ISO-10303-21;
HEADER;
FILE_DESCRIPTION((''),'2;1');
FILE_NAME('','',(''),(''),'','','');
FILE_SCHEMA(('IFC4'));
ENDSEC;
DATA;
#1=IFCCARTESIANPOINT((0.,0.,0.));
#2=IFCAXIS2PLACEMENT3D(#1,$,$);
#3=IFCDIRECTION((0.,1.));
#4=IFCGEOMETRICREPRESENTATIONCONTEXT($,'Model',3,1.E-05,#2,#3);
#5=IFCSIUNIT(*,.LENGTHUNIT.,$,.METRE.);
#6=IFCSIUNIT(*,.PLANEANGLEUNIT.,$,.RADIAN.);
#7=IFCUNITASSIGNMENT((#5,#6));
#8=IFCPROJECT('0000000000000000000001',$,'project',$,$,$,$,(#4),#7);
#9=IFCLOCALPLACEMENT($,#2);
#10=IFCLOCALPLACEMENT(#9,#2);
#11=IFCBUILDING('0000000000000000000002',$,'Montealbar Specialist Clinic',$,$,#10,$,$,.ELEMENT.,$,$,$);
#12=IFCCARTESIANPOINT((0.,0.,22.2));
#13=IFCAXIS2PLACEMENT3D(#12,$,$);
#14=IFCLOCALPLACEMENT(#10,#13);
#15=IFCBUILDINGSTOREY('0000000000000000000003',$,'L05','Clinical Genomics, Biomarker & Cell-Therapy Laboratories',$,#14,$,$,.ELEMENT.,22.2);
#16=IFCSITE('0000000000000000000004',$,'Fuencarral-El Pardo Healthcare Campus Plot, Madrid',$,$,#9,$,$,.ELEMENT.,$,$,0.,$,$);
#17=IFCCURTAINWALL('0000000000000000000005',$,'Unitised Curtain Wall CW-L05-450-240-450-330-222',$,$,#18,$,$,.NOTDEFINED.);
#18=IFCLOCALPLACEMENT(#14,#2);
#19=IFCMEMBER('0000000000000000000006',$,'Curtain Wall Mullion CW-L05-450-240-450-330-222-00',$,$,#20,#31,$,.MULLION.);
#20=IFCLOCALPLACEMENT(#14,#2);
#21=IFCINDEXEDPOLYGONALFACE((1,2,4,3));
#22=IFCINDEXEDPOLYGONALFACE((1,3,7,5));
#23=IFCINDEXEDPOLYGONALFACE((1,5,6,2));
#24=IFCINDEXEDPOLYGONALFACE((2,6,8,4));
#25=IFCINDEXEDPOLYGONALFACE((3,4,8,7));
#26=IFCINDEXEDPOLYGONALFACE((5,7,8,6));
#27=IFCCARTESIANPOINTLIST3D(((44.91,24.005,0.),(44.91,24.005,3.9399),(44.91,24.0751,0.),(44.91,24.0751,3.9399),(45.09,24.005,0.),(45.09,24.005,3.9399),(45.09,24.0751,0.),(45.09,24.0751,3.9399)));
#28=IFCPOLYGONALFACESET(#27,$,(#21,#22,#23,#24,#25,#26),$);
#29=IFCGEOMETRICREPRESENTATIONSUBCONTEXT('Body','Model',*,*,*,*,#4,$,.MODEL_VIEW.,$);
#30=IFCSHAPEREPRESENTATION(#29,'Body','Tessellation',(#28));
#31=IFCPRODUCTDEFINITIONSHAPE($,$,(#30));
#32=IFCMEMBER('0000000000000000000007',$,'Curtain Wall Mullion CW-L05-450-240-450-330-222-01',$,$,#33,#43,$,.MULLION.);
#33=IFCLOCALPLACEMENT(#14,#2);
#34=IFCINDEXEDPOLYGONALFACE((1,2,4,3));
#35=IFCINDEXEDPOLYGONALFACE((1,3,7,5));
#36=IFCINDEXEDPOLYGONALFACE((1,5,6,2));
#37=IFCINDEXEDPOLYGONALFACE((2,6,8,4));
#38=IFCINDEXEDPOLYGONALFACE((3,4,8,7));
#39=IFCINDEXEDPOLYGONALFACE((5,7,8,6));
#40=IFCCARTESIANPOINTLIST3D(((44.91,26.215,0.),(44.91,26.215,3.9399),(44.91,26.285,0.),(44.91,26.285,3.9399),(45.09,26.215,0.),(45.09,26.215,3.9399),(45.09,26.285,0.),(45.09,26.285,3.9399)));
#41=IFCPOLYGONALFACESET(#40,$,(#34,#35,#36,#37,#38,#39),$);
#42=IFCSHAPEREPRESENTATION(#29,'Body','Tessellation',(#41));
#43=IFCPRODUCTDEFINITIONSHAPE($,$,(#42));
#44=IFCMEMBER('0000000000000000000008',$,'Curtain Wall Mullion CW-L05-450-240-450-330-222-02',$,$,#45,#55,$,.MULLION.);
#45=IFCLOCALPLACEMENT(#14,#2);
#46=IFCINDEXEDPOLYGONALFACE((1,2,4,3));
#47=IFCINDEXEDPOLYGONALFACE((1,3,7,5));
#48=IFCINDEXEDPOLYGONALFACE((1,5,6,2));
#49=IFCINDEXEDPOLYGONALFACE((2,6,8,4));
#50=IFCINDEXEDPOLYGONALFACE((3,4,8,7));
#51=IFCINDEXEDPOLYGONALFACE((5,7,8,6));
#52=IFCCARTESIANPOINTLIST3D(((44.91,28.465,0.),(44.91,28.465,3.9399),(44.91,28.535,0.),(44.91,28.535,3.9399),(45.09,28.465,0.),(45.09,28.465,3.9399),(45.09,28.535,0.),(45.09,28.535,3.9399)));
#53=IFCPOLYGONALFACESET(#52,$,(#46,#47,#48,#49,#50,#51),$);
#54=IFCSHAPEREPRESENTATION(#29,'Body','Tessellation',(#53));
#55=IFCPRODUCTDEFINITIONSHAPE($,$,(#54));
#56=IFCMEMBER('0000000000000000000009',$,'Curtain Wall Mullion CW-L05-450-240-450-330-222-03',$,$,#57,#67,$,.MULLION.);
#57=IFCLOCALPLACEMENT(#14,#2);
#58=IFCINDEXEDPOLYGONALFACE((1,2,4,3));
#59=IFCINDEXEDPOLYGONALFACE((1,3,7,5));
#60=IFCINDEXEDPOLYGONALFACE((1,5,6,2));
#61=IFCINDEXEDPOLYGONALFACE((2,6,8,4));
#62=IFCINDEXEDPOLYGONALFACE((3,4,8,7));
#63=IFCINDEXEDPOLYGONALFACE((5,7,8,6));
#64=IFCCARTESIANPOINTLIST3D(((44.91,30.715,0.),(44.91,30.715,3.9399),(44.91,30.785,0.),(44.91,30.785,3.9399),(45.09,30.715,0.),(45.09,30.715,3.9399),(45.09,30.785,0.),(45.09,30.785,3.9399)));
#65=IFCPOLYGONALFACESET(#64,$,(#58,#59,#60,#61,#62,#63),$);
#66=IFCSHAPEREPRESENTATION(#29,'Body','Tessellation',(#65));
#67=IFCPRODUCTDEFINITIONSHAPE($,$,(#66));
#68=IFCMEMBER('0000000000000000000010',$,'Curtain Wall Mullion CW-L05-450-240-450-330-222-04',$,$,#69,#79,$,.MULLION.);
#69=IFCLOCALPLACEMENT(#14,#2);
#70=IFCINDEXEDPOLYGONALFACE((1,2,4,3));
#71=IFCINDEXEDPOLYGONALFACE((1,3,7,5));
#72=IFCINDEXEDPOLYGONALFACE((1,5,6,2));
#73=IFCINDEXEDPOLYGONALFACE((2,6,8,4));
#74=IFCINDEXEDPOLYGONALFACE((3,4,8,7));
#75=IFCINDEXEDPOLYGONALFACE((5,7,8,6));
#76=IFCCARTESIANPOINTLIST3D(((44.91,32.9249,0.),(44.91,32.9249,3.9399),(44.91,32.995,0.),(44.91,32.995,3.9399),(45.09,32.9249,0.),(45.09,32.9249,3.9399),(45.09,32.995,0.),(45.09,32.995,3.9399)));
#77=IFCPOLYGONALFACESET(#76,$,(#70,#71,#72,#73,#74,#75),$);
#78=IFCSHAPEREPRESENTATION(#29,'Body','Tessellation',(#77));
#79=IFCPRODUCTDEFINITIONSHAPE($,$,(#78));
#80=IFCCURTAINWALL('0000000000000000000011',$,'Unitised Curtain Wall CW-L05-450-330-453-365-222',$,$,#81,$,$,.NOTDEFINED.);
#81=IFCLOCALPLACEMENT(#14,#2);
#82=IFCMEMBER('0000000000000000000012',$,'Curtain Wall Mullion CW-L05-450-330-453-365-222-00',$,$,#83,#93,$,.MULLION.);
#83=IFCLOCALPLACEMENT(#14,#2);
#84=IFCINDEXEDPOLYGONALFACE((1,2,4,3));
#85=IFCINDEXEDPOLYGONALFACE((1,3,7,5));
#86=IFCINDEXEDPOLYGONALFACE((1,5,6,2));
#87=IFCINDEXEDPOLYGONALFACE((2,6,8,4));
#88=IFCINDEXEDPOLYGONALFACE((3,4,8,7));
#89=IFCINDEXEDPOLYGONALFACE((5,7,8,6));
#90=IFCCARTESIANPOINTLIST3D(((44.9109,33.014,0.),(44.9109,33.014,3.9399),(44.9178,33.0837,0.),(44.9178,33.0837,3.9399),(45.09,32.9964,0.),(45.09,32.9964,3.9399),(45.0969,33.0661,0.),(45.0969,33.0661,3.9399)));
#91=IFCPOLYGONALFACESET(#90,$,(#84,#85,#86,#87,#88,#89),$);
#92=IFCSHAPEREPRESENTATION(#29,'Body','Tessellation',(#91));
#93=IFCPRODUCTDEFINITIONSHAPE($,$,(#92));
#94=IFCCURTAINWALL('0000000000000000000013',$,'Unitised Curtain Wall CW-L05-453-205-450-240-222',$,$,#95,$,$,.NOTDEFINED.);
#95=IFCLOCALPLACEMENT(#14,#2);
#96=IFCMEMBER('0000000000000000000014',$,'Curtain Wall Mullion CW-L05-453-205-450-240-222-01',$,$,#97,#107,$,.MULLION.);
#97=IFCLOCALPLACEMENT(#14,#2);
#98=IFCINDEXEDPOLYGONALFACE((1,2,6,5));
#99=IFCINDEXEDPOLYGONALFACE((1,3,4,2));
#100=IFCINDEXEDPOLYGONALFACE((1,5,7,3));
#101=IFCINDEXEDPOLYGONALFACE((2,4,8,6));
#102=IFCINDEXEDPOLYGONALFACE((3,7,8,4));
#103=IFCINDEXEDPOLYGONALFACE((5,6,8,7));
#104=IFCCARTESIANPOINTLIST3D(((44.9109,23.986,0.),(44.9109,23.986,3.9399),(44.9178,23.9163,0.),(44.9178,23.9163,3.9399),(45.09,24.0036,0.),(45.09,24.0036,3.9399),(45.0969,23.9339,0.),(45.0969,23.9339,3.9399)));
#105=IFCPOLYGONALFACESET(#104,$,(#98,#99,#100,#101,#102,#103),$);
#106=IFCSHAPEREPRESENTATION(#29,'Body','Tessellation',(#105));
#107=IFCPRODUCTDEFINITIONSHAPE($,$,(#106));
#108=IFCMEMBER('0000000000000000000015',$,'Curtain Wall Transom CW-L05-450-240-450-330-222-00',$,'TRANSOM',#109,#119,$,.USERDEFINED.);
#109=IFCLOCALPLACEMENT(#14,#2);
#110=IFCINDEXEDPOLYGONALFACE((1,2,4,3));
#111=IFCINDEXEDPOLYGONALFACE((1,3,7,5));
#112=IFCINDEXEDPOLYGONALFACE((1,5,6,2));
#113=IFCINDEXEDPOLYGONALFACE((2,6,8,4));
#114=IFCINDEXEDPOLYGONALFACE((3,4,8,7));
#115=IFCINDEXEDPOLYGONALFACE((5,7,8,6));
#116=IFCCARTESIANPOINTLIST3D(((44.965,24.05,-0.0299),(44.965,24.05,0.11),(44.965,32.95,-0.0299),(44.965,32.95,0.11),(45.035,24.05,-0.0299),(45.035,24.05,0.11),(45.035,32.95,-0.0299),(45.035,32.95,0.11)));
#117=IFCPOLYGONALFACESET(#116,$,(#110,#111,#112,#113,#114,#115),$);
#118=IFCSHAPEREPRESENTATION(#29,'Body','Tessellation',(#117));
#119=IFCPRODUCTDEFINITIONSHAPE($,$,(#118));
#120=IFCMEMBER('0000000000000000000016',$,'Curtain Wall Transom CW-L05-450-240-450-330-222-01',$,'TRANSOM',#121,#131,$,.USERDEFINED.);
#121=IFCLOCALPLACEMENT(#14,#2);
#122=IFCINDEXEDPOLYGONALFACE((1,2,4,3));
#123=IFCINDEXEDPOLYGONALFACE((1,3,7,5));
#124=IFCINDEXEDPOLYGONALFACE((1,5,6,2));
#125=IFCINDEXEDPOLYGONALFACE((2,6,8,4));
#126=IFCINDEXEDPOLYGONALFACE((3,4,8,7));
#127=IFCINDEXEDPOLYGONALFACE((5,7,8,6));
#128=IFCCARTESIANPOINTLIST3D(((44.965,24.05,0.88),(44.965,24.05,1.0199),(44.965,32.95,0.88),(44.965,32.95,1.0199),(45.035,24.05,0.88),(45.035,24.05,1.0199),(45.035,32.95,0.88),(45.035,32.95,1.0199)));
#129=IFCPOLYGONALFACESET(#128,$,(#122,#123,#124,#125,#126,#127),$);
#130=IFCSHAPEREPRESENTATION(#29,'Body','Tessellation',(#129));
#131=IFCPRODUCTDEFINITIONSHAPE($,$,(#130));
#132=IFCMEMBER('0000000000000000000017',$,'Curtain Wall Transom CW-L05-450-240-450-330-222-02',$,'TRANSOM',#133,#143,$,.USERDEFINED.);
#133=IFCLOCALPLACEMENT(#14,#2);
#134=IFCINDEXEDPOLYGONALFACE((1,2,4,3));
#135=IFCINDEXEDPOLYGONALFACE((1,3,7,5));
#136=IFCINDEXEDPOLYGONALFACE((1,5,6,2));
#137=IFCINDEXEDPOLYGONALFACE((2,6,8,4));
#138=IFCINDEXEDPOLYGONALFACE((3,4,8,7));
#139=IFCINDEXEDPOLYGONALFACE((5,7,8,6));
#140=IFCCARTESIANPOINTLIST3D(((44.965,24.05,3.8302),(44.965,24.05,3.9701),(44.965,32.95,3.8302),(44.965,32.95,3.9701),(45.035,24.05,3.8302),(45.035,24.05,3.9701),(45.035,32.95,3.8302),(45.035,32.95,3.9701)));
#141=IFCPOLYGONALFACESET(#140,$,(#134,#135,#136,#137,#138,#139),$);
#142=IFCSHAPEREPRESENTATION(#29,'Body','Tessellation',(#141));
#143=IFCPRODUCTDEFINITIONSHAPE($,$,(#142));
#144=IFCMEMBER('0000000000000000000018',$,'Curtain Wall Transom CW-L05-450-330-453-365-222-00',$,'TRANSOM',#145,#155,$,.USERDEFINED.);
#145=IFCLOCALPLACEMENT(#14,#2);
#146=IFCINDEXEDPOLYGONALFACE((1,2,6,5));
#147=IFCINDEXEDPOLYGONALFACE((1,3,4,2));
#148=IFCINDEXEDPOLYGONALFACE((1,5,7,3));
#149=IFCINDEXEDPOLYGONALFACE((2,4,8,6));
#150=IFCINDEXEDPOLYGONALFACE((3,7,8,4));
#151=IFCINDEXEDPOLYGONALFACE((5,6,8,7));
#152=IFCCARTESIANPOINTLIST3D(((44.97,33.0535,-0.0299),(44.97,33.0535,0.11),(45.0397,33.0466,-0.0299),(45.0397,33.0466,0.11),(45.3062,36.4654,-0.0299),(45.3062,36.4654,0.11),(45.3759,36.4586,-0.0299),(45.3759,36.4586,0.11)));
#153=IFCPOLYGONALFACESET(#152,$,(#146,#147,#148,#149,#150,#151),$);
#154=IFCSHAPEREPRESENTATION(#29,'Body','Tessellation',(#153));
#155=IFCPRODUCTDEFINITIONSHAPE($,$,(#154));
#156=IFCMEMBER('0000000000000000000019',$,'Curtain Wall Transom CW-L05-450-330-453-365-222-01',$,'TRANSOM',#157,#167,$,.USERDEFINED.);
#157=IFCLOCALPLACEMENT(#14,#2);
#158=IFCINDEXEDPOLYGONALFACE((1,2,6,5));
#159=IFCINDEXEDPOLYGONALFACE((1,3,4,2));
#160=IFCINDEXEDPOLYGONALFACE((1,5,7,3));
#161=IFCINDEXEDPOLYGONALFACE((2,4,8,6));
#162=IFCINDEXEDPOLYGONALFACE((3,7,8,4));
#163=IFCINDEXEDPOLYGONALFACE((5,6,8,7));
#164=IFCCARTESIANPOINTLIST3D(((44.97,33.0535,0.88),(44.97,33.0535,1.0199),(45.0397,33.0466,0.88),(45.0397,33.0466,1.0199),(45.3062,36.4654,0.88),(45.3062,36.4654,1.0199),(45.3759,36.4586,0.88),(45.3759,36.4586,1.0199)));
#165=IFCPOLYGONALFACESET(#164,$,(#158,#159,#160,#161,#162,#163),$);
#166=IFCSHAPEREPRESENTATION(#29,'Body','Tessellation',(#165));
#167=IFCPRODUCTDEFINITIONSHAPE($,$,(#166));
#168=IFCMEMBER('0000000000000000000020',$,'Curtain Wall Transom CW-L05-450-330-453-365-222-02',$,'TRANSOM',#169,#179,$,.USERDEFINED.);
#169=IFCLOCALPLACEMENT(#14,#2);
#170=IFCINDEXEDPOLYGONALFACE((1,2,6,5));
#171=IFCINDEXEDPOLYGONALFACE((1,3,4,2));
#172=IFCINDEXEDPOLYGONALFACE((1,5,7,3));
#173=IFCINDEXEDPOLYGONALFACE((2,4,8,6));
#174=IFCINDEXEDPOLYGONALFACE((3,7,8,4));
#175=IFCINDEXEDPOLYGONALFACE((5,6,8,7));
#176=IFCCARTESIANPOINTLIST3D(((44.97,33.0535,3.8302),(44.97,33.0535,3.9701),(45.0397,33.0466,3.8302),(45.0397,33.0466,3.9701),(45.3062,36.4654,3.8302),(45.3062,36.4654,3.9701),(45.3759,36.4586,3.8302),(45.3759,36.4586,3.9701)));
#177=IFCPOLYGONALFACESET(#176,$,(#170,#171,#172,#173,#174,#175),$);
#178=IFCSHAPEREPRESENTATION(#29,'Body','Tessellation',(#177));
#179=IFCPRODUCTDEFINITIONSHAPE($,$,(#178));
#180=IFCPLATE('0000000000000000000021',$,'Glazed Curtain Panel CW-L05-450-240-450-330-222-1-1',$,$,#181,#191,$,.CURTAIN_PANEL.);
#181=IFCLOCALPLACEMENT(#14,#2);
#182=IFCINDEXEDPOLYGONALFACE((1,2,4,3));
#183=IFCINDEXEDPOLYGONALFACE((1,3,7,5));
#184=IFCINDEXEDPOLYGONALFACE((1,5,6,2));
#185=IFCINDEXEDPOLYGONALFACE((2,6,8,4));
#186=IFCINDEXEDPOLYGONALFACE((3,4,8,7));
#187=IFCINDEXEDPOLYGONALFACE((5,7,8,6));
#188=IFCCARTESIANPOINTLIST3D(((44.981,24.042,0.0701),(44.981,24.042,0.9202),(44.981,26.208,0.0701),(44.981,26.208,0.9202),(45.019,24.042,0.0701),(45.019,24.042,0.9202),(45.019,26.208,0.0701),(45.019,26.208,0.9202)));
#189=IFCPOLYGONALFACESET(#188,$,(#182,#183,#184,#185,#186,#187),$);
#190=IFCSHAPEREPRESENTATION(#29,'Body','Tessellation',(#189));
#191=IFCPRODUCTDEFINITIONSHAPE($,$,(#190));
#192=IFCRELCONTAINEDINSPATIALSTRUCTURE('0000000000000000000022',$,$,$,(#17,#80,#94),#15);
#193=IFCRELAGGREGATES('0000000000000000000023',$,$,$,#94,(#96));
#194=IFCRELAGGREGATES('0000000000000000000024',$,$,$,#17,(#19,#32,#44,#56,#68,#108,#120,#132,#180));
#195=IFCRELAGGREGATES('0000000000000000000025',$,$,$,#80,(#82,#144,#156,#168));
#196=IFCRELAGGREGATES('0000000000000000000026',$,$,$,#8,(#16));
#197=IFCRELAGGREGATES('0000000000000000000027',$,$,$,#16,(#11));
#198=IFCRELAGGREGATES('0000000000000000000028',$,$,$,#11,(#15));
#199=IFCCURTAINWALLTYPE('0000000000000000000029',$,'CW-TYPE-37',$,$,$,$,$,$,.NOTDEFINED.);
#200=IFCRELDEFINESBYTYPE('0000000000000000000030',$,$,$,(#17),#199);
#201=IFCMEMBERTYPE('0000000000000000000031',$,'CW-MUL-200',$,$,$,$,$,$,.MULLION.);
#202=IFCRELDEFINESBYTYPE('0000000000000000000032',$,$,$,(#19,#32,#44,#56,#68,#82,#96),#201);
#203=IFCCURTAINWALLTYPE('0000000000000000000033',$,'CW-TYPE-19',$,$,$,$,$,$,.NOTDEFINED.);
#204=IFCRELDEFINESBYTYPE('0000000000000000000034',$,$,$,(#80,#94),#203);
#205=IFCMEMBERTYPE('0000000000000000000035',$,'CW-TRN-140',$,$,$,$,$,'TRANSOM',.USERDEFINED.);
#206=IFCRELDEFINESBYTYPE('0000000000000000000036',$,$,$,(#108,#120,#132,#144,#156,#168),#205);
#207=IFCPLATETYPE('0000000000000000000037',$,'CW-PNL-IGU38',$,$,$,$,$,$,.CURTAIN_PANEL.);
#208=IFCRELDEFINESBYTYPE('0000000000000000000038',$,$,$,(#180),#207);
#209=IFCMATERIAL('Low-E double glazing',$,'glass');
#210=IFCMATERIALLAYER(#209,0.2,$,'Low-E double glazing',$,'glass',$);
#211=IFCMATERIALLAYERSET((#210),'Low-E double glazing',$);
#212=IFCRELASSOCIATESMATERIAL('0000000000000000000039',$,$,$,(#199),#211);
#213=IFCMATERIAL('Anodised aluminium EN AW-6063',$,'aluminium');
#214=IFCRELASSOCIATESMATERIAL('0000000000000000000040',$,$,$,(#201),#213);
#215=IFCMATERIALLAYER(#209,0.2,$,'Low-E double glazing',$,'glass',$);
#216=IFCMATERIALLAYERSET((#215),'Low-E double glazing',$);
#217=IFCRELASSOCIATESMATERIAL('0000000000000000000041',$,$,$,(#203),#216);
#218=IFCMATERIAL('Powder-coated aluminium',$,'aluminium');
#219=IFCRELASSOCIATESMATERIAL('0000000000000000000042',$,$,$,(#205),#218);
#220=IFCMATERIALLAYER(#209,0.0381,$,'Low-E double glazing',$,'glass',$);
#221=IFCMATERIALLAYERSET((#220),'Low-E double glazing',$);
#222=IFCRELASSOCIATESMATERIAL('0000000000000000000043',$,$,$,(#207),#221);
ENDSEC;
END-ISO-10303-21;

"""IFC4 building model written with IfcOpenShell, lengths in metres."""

from ifc_helpers import new_model, si_unit, direction, frame, origin, origin_2d, place, context, subcontext, project, spatial, rectangle, extrude, material, layer, layer_set, material_profile, profile_set, type_object, element, aggregate, save


model = new_model("IFC4")

# Units and contexts
model_context = context("Model", 3, precision=1e-05, world=origin(), true_north=direction((0.0, 1.0)))
body_context = subcontext(model_context, "Body", "Model", "MODEL_VIEW")
ifc_project = project(units=[si_unit("LENGTHUNIT", "METRE"), si_unit("PLANEANGLEUNIT", "RADIAN")], contexts=[model_context])

# Site, building, storey
site_placement = place(None, origin())
site = spatial("IfcSite", under=ifc_project, at=site_placement, Name="Fuencarral-El Pardo Healthcare Campus Plot, Madrid", CompositionType="ELEMENT", RefElevation=0.0)
building_placement = place(site_placement, origin())
building = spatial("IfcBuilding", under=site, at=building_placement, Name="Montealbar Specialist Clinic", CompositionType="ELEMENT")
storey_placement = place(building_placement, frame((0.0, 0.0, 22.2)))
storey = spatial("IfcBuildingStorey", under=building, at=storey_placement, Name="L05", Description="Clinical Genomics, Biomarker & Cell-Therapy Laboratories", CompositionType="ELEMENT", Elevation=22.2)

# Curtain wall, members
ifc_material_1 = material(Name="Low-E double glazing", Category="glass")
ifc_layer_1 = layer(ifc_material_1, 0.2, Name="Low-E double glazing", Category="glass")
ifc_layer_set_1 = layer_set([ifc_layer_1], Name="Low-E double glazing")
curtain_wall_type_1 = type_object("IfcCurtainWallType", Name="CW-TYPE-37", PredefinedType="NOTDEFINED", material=ifc_layer_set_1)
curtain_wall_1_placement = place(storey_placement, origin())
curtain_wall_1 = element("IfcCurtainWall", 1, at=curtain_wall_1_placement, inside=storey, type_object=curtain_wall_type_1, Name="Unitised Curtain Wall CW-L05-450-240-450-330-222", PredefinedType="NOTDEFINED")
ifc_material_2 = material(Name="Anodised aluminium EN AW-6063", Category="aluminium")
ifc_material_profile_1 = material_profile(ifc_material_2, rectangle(XDim=0.0701, YDim=0.1799, at=origin_2d()), Name="ALU 70x180", Category="aluminium")
ifc_profile_set_1 = profile_set([ifc_material_profile_1], Name="Anodised aluminium EN AW-6063")
member_type_1 = type_object("IfcMemberType", Name="CW-MUL-200", PredefinedType="MULLION", material=ifc_profile_set_1)
member_1_placement = place(storey_placement, frame((45.0, 24.04, 0.0), z_axis=(0.0, 0.0, 1.0), x_axis=(0.0, 1.0, 0.0)))
member_1 = element("IfcMember", 2, at=member_1_placement, type_object=member_type_1, Name="Curtain Wall Mullion CW-L05-450-240-450-330-222-00", PredefinedType="MULLION", context=body_context, shape_type="SweptSolid", body=[
    extrude(rectangle(XDim=0.0701, YDim=0.1799, at=origin_2d()), origin(), (0.0, 0.0, 1.0), 3.9399),
])
member_2_placement = place(storey_placement, frame((45.0, 26.25, 0.0), z_axis=(0.0, 0.0, 1.0), x_axis=(0.0, 1.0, 0.0)))
member_2 = element("IfcMember", 3, at=member_2_placement, type_object=member_type_1, Name="Curtain Wall Mullion CW-L05-450-240-450-330-222-01", PredefinedType="MULLION", context=body_context, shape_type="SweptSolid", body=[
    extrude(rectangle(XDim=0.0701, YDim=0.1799, at=origin_2d()), origin(), (0.0, 0.0, 1.0), 3.9399),
])
member_3_placement = place(storey_placement, frame((45.0, 28.5, 0.0), z_axis=(0.0, 0.0, 1.0), x_axis=(0.0, 1.0, 0.0)))
member_3 = element("IfcMember", 4, at=member_3_placement, type_object=member_type_1, Name="Curtain Wall Mullion CW-L05-450-240-450-330-222-02", PredefinedType="MULLION", context=body_context, shape_type="SweptSolid", body=[
    extrude(rectangle(XDim=0.0701, YDim=0.1799, at=origin_2d()), origin(), (0.0, 0.0, 1.0), 3.9399),
])
member_4_placement = place(storey_placement, frame((45.0, 30.75, 0.0), z_axis=(0.0, 0.0, 1.0), x_axis=(0.0, 1.0, 0.0)))
member_4 = element("IfcMember", 5, at=member_4_placement, type_object=member_type_1, Name="Curtain Wall Mullion CW-L05-450-240-450-330-222-03", PredefinedType="MULLION", context=body_context, shape_type="SweptSolid", body=[
    extrude(rectangle(XDim=0.0701, YDim=0.1799, at=origin_2d()), origin(), (0.0, 0.0, 1.0), 3.9399),
])
member_5_placement = place(storey_placement, frame((45.0, 32.96, 0.0), z_axis=(0.0, 0.0, 1.0), x_axis=(0.0, 1.0, 0.0)))
member_5 = element("IfcMember", 6, at=member_5_placement, type_object=member_type_1, Name="Curtain Wall Mullion CW-L05-450-240-450-330-222-04", PredefinedType="MULLION", context=body_context, shape_type="SweptSolid", body=[
    extrude(rectangle(XDim=0.0701, YDim=0.1799, at=origin_2d()), origin(), (0.0, 0.0, 1.0), 3.9399),
])

# Curtain walls, members
ifc_layer_2 = layer(ifc_material_1, 0.2, Name="Low-E double glazing", Category="glass")
ifc_layer_set_2 = layer_set([ifc_layer_2], Name="Low-E double glazing")
curtain_wall_type_2 = type_object("IfcCurtainWallType", Name="CW-TYPE-19", PredefinedType="NOTDEFINED", material=ifc_layer_set_2)
curtain_wall_2_placement = place(storey_placement, origin())
curtain_wall_2 = element("IfcCurtainWall", 7, at=curtain_wall_2_placement, inside=storey, type_object=curtain_wall_type_2, Name="Unitised Curtain Wall CW-L05-450-330-453-365-222", PredefinedType="NOTDEFINED")
member_6_placement = place(storey_placement, frame((45.0039, 33.04, 0.0), z_axis=(0.0, 0.0, 1.0), x_axis=(0.098045, 0.995182, 0.0)))
member_6 = element("IfcMember", 8, at=member_6_placement, type_object=member_type_1, Name="Curtain Wall Mullion CW-L05-450-330-453-365-222-00", PredefinedType="MULLION", context=body_context, shape_type="SweptSolid", body=[
    extrude(rectangle(XDim=0.0701, YDim=0.1799, at=origin_2d()), origin(), (0.0, 0.0, 1.0), 3.9399),
])
curtain_wall_3_placement = place(storey_placement, origin())
curtain_wall_3 = element("IfcCurtainWall", 9, at=curtain_wall_3_placement, inside=storey, type_object=curtain_wall_type_2, Name="Unitised Curtain Wall CW-L05-453-205-450-240-222", PredefinedType="NOTDEFINED")
member_7_placement = place(storey_placement, frame((45.0039, 23.96, 0.0), z_axis=(0.0, 0.0, 1.0), x_axis=(-0.098045, 0.995182, 0.0)))
member_7 = element("IfcMember", 10, at=member_7_placement, type_object=member_type_1, Name="Curtain Wall Mullion CW-L05-453-205-450-240-222-01", PredefinedType="MULLION", context=body_context, shape_type="SweptSolid", body=[
    extrude(rectangle(XDim=0.0701, YDim=0.1799, at=origin_2d()), origin(), (0.0, 0.0, 1.0), 3.9399),
])
aggregate(curtain_wall_3, [member_7])

# Members
ifc_material_3 = material(Name="Powder-coated aluminium", Category="aluminium")
ifc_material_profile_2 = material_profile(ifc_material_3, rectangle(XDim=0.0701, YDim=0.1399, at=origin_2d()), Name="ALU 70x140", Category="aluminium")
ifc_profile_set_2 = profile_set([ifc_material_profile_2], Name="Powder-coated aluminium")
member_type_2 = type_object("IfcMemberType", Name="CW-TRN-140", ElementType="TRANSOM", PredefinedType="USERDEFINED", material=ifc_profile_set_2)
member_8_placement = place(storey_placement, frame((45.0, 24.05, 0.04), z_axis=(0.0, 1.0, 0.0), x_axis=(-1.0, 0.0, 0.0)))
member_8 = element("IfcMember", 11, at=member_8_placement, type_object=member_type_2, Name="Curtain Wall Transom CW-L05-450-240-450-330-222-00", ObjectType="TRANSOM", PredefinedType="USERDEFINED", context=body_context, shape_type="SweptSolid", body=[
    extrude(rectangle(XDim=0.0701, YDim=0.1399, at=origin_2d()), origin(), (0.0, 0.0, 1.0), 8.8999),
])
member_9_placement = place(storey_placement, frame((45.0, 24.05, 0.95), z_axis=(0.0, 1.0, 0.0), x_axis=(-1.0, 0.0, 0.0)))
member_9 = element("IfcMember", 12, at=member_9_placement, type_object=member_type_2, Name="Curtain Wall Transom CW-L05-450-240-450-330-222-01", ObjectType="TRANSOM", PredefinedType="USERDEFINED", context=body_context, shape_type="SweptSolid", body=[
    extrude(rectangle(XDim=0.0701, YDim=0.1399, at=origin_2d()), origin(), (0.0, 0.0, 1.0), 8.8999),
])
member_10_placement = place(storey_placement, frame((45.0, 24.05, 3.9001), z_axis=(0.0, 1.0, 0.0), x_axis=(-1.0, 0.0, 0.0)))
member_10 = element("IfcMember", 13, at=member_10_placement, type_object=member_type_2, Name="Curtain Wall Transom CW-L05-450-240-450-330-222-02", ObjectType="TRANSOM", PredefinedType="USERDEFINED", context=body_context, shape_type="SweptSolid", body=[
    extrude(rectangle(XDim=0.0701, YDim=0.1399, at=origin_2d()), origin(), (0.0, 0.0, 1.0), 8.8999),
])
member_11_placement = place(storey_placement, frame((45.0049, 33.05, 0.04), z_axis=(0.098058, 0.995181, 0.0), x_axis=(-0.995181, 0.098058, 0.0)))
member_11 = element("IfcMember", 14, at=member_11_placement, type_object=member_type_2, Name="Curtain Wall Transom CW-L05-450-330-453-365-222-00", ObjectType="TRANSOM", PredefinedType="USERDEFINED", context=body_context, shape_type="SweptSolid", body=[
    extrude(rectangle(XDim=0.0701, YDim=0.1399, at=origin_2d()), origin(), (0.0, 0.0, 1.0), 3.4285),
])
member_12_placement = place(storey_placement, frame((45.0049, 33.05, 0.95), z_axis=(0.098058, 0.995181, 0.0), x_axis=(-0.995181, 0.098058, 0.0)))
member_12 = element("IfcMember", 15, at=member_12_placement, type_object=member_type_2, Name="Curtain Wall Transom CW-L05-450-330-453-365-222-01", ObjectType="TRANSOM", PredefinedType="USERDEFINED", context=body_context, shape_type="SweptSolid", body=[
    extrude(rectangle(XDim=0.0701, YDim=0.1399, at=origin_2d()), origin(), (0.0, 0.0, 1.0), 3.4285),
])
member_13_placement = place(storey_placement, frame((45.0049, 33.05, 3.9001), z_axis=(0.098058, 0.995181, 0.0), x_axis=(-0.995181, 0.098058, 0.0)))
member_13 = element("IfcMember", 16, at=member_13_placement, type_object=member_type_2, Name="Curtain Wall Transom CW-L05-450-330-453-365-222-02", ObjectType="TRANSOM", PredefinedType="USERDEFINED", context=body_context, shape_type="SweptSolid", body=[
    extrude(rectangle(XDim=0.0701, YDim=0.1399, at=origin_2d()), origin(), (0.0, 0.0, 1.0), 3.4285),
])

# Plate
ifc_layer_3 = layer(ifc_material_1, 0.0381, Name="Low-E double glazing", Category="glass")
ifc_layer_set_3 = layer_set([ifc_layer_3], Name="Low-E double glazing")
plate_type = type_object("IfcPlateType", Name="CW-PNL-IGU38", PredefinedType="CURTAIN_PANEL", material=ifc_layer_set_3)
plate_1_placement = place(storey_placement, frame((45.0, 25.125, 0.0701), z_axis=(0.0, 0.0, 1.0), x_axis=(0.0, 1.0, 0.0)))
plate_1 = element("IfcPlate", 17, at=plate_1_placement, type_object=plate_type, Name="Glazed Curtain Panel CW-L05-450-240-450-330-222-1-1", PredefinedType="CURTAIN_PANEL", context=body_context, shape_type="SweptSolid", body=[
    extrude(rectangle(XDim=2.166, YDim=0.0381, at=origin_2d()), origin(), (0.0, 0.0, 1.0), 0.8501),
])
aggregate(curtain_wall_1, [member_1, member_2, member_3, member_4, member_5, member_8, member_9, member_10, plate_1])
aggregate(curtain_wall_2, [member_6, member_11, member_12, member_13])

save(model, "model.ifc")
